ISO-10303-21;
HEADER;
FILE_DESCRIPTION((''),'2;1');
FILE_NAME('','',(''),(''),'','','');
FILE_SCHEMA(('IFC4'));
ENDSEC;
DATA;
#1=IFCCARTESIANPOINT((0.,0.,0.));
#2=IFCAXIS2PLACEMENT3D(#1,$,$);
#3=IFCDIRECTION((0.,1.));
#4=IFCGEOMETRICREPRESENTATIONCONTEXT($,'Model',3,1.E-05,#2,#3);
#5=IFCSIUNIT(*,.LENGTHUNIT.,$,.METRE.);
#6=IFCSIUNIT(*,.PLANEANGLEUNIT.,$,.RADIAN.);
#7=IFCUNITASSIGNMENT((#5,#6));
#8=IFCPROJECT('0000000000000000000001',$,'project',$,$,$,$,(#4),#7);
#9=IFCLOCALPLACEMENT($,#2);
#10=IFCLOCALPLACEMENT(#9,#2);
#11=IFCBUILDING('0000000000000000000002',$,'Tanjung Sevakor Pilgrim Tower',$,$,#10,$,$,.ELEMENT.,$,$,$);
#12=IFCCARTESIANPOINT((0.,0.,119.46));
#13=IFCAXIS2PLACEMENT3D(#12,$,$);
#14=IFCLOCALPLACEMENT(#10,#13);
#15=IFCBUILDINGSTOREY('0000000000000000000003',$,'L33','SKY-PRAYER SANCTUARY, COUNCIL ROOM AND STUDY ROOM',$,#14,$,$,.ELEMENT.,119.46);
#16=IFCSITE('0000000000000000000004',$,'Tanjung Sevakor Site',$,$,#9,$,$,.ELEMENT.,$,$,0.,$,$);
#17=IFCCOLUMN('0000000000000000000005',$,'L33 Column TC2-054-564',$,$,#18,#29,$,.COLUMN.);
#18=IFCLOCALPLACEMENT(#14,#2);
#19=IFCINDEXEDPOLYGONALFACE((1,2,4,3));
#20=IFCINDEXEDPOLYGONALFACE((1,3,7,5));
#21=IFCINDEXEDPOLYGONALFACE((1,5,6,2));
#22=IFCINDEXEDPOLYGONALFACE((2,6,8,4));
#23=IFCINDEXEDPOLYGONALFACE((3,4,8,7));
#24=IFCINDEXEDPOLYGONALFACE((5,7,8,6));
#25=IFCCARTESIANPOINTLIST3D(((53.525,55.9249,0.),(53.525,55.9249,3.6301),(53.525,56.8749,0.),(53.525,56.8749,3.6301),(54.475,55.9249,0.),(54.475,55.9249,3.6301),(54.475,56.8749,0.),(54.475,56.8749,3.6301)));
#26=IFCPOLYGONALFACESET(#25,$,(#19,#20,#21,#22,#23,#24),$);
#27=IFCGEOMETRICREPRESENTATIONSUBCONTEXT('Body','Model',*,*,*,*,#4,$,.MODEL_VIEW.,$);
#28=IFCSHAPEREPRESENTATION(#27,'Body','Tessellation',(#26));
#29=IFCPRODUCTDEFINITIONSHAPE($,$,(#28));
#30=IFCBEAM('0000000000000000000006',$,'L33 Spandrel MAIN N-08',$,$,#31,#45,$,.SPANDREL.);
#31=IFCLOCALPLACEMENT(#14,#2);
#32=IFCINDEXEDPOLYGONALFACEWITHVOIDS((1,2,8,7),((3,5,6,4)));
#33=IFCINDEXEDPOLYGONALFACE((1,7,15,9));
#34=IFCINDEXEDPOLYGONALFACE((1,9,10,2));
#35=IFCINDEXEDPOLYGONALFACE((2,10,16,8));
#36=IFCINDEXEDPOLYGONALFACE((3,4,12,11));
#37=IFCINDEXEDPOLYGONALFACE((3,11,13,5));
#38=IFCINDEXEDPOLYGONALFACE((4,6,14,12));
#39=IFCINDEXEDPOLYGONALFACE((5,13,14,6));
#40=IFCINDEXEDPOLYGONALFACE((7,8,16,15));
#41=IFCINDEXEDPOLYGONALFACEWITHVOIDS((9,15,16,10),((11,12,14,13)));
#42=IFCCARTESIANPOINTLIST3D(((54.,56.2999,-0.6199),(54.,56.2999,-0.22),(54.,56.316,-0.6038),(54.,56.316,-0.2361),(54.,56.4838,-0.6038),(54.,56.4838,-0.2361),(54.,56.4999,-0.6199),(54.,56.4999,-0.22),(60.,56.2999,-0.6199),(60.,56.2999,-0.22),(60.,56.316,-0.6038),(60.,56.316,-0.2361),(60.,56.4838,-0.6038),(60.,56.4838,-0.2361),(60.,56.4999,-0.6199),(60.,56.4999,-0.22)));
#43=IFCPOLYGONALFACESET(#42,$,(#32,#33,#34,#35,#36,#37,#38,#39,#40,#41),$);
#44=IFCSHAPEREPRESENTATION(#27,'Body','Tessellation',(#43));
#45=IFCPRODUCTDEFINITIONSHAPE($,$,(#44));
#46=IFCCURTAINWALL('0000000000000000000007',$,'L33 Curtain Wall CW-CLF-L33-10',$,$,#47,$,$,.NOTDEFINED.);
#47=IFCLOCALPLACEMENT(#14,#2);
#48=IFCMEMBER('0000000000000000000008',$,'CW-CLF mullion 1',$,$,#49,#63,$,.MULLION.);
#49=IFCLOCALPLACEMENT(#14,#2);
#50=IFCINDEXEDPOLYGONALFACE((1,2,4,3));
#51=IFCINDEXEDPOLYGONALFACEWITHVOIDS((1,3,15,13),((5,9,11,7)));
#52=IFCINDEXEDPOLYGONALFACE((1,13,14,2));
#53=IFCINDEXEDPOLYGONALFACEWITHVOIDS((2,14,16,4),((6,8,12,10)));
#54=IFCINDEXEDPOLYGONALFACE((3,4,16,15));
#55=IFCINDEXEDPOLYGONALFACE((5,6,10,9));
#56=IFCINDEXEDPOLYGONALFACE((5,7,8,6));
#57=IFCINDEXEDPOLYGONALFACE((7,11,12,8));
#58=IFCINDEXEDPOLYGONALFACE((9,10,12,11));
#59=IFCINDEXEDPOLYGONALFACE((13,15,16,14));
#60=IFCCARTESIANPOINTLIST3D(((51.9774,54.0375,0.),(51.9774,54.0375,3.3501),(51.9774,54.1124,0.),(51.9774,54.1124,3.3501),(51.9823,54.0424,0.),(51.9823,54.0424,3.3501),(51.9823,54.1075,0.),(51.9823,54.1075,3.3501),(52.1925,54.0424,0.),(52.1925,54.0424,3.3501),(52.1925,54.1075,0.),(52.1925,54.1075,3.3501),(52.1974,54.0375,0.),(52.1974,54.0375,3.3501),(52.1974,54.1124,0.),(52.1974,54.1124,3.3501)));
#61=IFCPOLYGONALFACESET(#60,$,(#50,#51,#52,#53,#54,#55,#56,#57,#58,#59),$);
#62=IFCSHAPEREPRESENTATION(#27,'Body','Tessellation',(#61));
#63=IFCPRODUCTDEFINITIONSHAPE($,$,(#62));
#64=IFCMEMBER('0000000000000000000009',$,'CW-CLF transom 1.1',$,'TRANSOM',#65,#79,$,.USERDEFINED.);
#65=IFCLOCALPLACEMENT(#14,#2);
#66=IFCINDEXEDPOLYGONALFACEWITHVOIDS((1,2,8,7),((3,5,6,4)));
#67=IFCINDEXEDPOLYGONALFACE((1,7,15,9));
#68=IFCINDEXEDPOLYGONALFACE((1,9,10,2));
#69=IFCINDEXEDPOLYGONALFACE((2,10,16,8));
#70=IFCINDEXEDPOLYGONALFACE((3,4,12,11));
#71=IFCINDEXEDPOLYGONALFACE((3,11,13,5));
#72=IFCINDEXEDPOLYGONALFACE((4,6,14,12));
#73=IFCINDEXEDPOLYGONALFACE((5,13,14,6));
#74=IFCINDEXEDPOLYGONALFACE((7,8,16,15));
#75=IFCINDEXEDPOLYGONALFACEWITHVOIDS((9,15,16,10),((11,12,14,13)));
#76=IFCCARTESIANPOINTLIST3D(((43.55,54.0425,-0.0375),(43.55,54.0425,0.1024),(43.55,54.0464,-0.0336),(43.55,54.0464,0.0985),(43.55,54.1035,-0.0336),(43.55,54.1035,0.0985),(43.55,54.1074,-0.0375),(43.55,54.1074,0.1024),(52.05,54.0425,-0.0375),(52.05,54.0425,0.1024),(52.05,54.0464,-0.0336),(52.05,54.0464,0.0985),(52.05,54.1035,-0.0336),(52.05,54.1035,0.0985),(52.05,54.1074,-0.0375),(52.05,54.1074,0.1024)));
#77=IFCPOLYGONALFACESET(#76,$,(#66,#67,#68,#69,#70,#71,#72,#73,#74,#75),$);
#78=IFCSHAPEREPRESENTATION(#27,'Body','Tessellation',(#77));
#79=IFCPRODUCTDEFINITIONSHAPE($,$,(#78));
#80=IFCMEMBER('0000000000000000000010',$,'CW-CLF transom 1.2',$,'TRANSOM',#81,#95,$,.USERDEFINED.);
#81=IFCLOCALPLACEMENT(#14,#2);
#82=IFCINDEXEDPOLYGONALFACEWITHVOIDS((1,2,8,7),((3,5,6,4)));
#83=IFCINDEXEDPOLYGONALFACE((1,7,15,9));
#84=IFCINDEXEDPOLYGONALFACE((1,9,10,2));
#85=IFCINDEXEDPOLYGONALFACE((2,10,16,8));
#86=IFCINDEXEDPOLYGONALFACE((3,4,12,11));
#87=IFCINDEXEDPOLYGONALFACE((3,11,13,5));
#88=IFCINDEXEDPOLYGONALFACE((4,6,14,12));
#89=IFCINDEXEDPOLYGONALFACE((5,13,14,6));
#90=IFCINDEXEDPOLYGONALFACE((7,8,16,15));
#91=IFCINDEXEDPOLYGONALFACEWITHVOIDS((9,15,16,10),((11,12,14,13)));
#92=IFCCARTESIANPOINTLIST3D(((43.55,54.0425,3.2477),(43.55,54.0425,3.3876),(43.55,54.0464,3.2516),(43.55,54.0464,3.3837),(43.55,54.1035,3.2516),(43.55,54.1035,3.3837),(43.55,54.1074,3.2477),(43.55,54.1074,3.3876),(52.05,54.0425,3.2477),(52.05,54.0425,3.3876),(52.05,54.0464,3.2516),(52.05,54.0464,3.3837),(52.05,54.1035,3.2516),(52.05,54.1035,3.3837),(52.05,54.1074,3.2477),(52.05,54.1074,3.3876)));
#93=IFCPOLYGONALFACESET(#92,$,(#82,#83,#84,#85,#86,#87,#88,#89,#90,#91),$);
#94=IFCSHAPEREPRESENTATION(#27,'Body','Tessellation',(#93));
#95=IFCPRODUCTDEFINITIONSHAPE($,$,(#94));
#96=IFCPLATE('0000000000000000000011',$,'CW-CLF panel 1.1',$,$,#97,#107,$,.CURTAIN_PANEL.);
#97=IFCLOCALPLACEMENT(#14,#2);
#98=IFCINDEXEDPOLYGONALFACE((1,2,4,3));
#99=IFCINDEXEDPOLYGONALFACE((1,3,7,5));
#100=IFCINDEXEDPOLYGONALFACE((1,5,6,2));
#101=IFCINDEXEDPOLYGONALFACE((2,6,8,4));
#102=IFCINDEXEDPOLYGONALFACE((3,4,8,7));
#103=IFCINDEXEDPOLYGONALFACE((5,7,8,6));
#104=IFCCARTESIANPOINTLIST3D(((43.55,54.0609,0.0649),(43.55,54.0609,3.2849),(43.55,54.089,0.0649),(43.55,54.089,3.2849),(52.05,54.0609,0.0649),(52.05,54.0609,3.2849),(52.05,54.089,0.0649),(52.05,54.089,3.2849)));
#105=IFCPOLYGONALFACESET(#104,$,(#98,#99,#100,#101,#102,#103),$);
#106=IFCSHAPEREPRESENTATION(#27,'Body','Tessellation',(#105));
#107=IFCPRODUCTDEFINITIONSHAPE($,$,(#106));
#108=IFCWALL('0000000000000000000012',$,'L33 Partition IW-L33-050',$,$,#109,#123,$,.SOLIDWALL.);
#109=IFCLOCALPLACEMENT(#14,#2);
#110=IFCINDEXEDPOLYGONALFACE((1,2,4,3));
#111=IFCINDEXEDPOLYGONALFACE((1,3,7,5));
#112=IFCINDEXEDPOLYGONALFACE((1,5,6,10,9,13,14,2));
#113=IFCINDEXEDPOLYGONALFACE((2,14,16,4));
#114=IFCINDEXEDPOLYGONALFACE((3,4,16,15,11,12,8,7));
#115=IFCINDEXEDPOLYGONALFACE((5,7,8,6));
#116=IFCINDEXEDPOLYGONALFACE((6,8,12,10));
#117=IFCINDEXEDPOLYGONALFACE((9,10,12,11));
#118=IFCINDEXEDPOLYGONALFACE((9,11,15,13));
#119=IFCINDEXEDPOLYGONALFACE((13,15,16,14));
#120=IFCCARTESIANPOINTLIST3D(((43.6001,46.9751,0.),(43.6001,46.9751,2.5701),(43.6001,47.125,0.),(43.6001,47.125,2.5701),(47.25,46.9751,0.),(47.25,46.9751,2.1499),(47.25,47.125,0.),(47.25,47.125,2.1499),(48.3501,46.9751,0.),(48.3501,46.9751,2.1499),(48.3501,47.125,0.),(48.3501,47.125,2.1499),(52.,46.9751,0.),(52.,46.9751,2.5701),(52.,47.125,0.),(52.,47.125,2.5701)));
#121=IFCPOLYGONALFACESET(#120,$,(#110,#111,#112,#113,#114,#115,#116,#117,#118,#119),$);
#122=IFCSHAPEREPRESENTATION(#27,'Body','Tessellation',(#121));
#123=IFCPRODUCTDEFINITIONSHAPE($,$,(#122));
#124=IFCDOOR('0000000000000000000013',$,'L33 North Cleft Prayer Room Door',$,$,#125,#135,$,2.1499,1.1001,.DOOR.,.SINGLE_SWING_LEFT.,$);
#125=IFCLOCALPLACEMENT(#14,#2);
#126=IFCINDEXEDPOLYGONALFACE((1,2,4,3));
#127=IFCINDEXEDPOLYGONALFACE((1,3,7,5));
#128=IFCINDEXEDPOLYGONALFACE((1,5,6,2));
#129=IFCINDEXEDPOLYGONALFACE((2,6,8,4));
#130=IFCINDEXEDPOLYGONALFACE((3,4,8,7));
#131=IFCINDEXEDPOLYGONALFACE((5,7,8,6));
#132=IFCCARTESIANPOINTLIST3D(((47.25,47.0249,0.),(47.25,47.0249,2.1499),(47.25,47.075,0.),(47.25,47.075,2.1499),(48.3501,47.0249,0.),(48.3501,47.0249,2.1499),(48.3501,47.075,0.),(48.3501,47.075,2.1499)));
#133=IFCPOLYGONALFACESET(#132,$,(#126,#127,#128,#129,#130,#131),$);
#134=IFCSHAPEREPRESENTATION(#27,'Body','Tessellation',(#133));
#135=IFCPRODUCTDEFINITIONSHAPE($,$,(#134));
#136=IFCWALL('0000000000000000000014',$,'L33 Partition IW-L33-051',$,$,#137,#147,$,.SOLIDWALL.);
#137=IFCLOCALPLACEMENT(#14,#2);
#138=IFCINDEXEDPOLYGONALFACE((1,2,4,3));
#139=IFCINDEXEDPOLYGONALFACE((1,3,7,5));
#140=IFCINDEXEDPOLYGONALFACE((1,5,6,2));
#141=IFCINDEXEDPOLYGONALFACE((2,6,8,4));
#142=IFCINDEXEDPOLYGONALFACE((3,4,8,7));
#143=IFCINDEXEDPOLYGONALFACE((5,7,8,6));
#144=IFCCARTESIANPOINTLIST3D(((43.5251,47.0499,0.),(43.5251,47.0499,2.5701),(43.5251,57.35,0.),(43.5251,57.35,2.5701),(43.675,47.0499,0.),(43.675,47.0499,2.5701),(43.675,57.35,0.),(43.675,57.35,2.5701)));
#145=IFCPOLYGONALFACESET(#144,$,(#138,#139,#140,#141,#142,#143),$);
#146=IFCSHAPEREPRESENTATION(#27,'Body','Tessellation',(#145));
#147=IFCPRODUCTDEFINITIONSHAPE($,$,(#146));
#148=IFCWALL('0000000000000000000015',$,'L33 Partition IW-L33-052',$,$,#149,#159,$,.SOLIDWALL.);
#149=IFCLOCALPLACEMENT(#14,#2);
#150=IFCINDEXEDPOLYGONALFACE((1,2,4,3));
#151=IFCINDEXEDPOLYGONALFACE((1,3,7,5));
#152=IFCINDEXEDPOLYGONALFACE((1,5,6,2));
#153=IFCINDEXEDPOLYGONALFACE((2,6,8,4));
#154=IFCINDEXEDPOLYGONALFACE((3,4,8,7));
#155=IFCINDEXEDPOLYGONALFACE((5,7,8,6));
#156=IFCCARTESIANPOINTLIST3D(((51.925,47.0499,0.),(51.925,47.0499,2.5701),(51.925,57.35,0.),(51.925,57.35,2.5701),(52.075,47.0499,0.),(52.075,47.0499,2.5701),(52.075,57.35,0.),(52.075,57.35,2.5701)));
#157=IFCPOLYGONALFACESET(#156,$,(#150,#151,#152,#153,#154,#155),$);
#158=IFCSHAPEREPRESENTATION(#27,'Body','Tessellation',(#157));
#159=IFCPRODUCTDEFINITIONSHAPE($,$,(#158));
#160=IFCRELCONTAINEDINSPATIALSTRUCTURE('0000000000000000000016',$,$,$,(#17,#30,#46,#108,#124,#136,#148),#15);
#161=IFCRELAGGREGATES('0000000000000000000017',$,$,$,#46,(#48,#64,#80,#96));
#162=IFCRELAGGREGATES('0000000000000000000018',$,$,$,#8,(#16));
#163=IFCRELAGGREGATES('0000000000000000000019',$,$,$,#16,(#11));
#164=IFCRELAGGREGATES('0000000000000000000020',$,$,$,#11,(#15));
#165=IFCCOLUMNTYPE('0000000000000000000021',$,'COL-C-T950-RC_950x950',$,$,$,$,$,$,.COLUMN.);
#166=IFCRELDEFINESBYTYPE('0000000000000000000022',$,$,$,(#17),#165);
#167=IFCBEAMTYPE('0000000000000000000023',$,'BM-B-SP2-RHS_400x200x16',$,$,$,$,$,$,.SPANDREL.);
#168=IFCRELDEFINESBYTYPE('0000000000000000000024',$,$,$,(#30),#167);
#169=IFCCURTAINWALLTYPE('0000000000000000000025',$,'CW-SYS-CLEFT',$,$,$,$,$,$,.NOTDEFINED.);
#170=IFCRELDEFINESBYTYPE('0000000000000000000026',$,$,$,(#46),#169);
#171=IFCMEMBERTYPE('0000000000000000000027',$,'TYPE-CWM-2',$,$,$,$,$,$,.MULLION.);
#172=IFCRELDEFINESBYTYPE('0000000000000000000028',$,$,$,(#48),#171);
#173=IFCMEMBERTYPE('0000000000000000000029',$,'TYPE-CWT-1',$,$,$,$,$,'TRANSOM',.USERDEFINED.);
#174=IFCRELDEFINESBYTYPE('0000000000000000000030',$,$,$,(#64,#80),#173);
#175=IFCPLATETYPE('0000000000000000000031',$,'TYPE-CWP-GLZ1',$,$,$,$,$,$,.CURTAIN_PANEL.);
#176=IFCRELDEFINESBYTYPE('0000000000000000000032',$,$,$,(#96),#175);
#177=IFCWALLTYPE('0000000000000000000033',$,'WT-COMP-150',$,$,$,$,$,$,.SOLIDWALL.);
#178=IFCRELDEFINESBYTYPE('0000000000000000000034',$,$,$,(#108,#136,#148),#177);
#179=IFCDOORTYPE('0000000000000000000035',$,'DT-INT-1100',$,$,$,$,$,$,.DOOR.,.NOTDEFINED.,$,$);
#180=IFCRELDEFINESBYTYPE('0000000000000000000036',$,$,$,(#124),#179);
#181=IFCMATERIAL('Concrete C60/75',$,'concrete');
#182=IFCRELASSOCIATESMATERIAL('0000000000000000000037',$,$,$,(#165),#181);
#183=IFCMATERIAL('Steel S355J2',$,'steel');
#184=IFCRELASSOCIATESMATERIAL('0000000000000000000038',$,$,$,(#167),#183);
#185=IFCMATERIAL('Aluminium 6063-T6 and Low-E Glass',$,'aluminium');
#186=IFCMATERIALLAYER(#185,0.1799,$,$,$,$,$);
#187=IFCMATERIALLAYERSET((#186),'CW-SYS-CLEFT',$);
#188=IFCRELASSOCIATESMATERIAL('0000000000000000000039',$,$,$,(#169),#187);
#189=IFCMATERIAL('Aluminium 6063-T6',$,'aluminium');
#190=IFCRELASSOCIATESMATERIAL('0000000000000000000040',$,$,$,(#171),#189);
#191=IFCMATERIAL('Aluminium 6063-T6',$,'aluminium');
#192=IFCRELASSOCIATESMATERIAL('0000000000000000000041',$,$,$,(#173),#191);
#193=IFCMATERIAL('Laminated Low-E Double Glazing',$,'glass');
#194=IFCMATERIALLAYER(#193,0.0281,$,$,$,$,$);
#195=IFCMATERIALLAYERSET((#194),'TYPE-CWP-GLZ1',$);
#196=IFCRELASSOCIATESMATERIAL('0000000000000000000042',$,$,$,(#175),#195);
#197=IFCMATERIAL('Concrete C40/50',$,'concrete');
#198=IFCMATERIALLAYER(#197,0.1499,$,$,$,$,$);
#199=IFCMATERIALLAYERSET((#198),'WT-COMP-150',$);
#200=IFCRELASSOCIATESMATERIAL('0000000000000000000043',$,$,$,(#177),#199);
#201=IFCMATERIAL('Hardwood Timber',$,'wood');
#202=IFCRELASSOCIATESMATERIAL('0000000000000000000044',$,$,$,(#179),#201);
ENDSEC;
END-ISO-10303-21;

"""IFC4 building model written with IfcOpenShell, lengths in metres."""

from ifc_helpers import new_model, si_unit, direction, frame, frame_2d, origin, origin_2d, place, context, subcontext, project, spatial, rectangle, hollow_rectangle, extrude, material, layer, layer_set, material_profile, profile_set, type_object, element, fill, aggregate, save


model = new_model("IFC4")

# Units and contexts
model_context = context("Model", 3, precision=1e-05, world=origin(), true_north=direction((0.0, 1.0)))
body_context = subcontext(model_context, "Body", "Model", "MODEL_VIEW")
ifc_project = project(units=[si_unit("LENGTHUNIT", "METRE"), si_unit("PLANEANGLEUNIT", "RADIAN")], contexts=[model_context])

# Site, building, storey
site_placement = place(None, origin())
site = spatial("IfcSite", under=ifc_project, at=site_placement, Name="Tanjung Sevakor Site", CompositionType="ELEMENT", RefElevation=0.0)
building_placement = place(site_placement, origin())
building = spatial("IfcBuilding", under=site, at=building_placement, Name="Tanjung Sevakor Pilgrim Tower", CompositionType="ELEMENT")
storey_placement = place(building_placement, frame((0.0, 0.0, 119.46)))
storey = spatial("IfcBuildingStorey", under=building, at=storey_placement, Name="L33", Description="SKY-PRAYER SANCTUARY, COUNCIL ROOM AND STUDY ROOM", CompositionType="ELEMENT", Elevation=119.46)

# Column
ifc_material_1 = material(Name="Concrete C60/75", Category="concrete")
ifc_material_profile_1 = material_profile(ifc_material_1, rectangle(XDim=0.95, YDim=0.95, at=origin_2d()))
ifc_profile_set_1 = profile_set([ifc_material_profile_1], Name="Concrete C60/75")
column_type = type_object("IfcColumnType", Name="COL-C-T950-RC_950x950", PredefinedType="COLUMN", material=ifc_profile_set_1)
column_placement = place(storey_placement, frame((54.0, 56.3999, 0.0), z_axis=(0.0, 0.0, 1.0), x_axis=(1.0, 0.0, 0.0)))
element("IfcColumn", 1, at=column_placement, inside=storey, type_object=column_type, Name="L33 Column TC2-054-564", PredefinedType="COLUMN", context=body_context, shape_type="SweptSolid", body=[
    extrude(rectangle(XDim=0.95, YDim=0.95, at=origin_2d()), origin(), (0.0, 0.0, 1.0), 3.6301),
])

# Beam
ifc_material_2 = material(Name="Steel S355J2", Category="steel")
ifc_material_profile_2 = material_profile(ifc_material_2, hollow_rectangle(XDim=0.2, YDim=0.3999, WallThickness=0.0161, at=origin_2d()))
ifc_profile_set_2 = profile_set([ifc_material_profile_2], Name="Steel S355J2")
beam_type = type_object("IfcBeamType", Name="BM-B-SP2-RHS_400x200x16", PredefinedType="SPANDREL", material=ifc_profile_set_2)
beam_placement = place(storey_placement, frame((54.0, 56.3999, -0.4199), z_axis=(1.0, 0.0, 0.0), x_axis=(0.0, 1.0, 0.0)))
element("IfcBeam", 2, at=beam_placement, inside=storey, type_object=beam_type, Name="L33 Spandrel MAIN N-08", PredefinedType="SPANDREL", context=body_context, shape_type="SweptSolid", body=[
    extrude(hollow_rectangle(XDim=0.2, YDim=0.3999, WallThickness=0.0161, at=origin_2d()), origin(), (0.0, 0.0, 1.0), 6.0),
])

# Curtain wall, members, plate
ifc_material_3 = material(Name="Aluminium 6063-T6 and Low-E Glass", Category="aluminium")
ifc_layer_1 = layer(ifc_material_3, 0.1799)
ifc_layer_set_1 = layer_set([ifc_layer_1], Name="CW-SYS-CLEFT")
curtain_wall_type = type_object("IfcCurtainWallType", Name="CW-SYS-CLEFT", PredefinedType="NOTDEFINED", material=ifc_layer_set_1)
curtain_wall_placement = place(storey_placement, origin())
curtain_wall = element("IfcCurtainWall", 3, at=curtain_wall_placement, inside=storey, type_object=curtain_wall_type, Name="L33 Curtain Wall CW-CLF-L33-10", PredefinedType="NOTDEFINED")
ifc_material_4 = material(Name="Aluminium 6063-T6", Category="aluminium")
ifc_material_profile_3 = material_profile(ifc_material_4, hollow_rectangle(XDim=0.075, YDim=0.22, WallThickness=0.0049, at=origin_2d()))
ifc_profile_set_3 = profile_set([ifc_material_profile_3], Name="Aluminium 6063-T6")
member_type_1 = type_object("IfcMemberType", Name="TYPE-CWM-2", PredefinedType="MULLION", material=ifc_profile_set_3)
member_1_placement = place(storey_placement, frame((52.0874, 54.075, 0.0), z_axis=(0.0, 0.0, 1.0), x_axis=(0.0, -1.0, 0.0)))
member_1 = element("IfcMember", 4, at=member_1_placement, type_object=member_type_1, Name="CW-CLF mullion 1", PredefinedType="MULLION", context=body_context, shape_type="SweptSolid", body=[
    extrude(hollow_rectangle(XDim=0.075, YDim=0.22, WallThickness=0.0049, at=origin_2d()), origin(), (0.0, 0.0, 1.0), 3.3501),
])
ifc_material_5 = material(Name="Aluminium 6063-T6", Category="aluminium")
ifc_material_profile_4 = material_profile(ifc_material_5, hollow_rectangle(XDim=0.0649, YDim=0.1399, WallThickness=0.0039, at=origin_2d()))
ifc_profile_set_4 = profile_set([ifc_material_profile_4], Name="Aluminium 6063-T6")
member_type_2 = type_object("IfcMemberType", Name="TYPE-CWT-1", ElementType="TRANSOM", PredefinedType="USERDEFINED", material=ifc_profile_set_4)
member_2_placement = place(storey_placement, frame((52.05, 54.075, 0.0325), z_axis=(-1.0, 0.0, 0.0), x_axis=(0.0, -1.0, 0.0)))
member_2 = element("IfcMember", 5, at=member_2_placement, type_object=member_type_2, Name="CW-CLF transom 1.1", ObjectType="TRANSOM", PredefinedType="USERDEFINED", context=body_context, shape_type="SweptSolid", body=[
    extrude(hollow_rectangle(XDim=0.0649, YDim=0.1399, WallThickness=0.0039, at=origin_2d()), origin(), (0.0, 0.0, 1.0), 8.5),
])
member_3_placement = place(storey_placement, frame((52.05, 54.075, 3.3176), z_axis=(-1.0, 0.0, 0.0), x_axis=(0.0, -1.0, 0.0)))
member_3 = element("IfcMember", 6, at=member_3_placement, type_object=member_type_2, Name="CW-CLF transom 1.2", ObjectType="TRANSOM", PredefinedType="USERDEFINED", context=body_context, shape_type="SweptSolid", body=[
    extrude(hollow_rectangle(XDim=0.0649, YDim=0.1399, WallThickness=0.0039, at=origin_2d()), origin(), (0.0, 0.0, 1.0), 8.5),
])
ifc_material_6 = material(Name="Laminated Low-E Double Glazing", Category="glass")
ifc_layer_2 = layer(ifc_material_6, 0.0281)
ifc_layer_set_2 = layer_set([ifc_layer_2], Name="TYPE-CWP-GLZ1")
plate_type = type_object("IfcPlateType", Name="TYPE-CWP-GLZ1", PredefinedType="CURTAIN_PANEL", material=ifc_layer_set_2)
plate_placement = place(storey_placement, frame((47.8, 54.075, 0.0649), z_axis=(0.0, 0.0, 1.0), x_axis=(-1.0, 0.0, 0.0)))
plate = element("IfcPlate", 7, at=plate_placement, type_object=plate_type, Name="CW-CLF panel 1.1", PredefinedType="CURTAIN_PANEL", context=body_context, shape_type="SweptSolid", body=[
    extrude(rectangle(XDim=8.5, YDim=0.0281, at=origin_2d()), origin(), (0.0, 0.0, 1.0), 3.22),
])
aggregate(curtain_wall, [member_1, member_2, member_3, plate])

# Wall, opening, door
ifc_material_7 = material(Name="Concrete C40/50", Category="concrete")
ifc_layer_3 = layer(ifc_material_7, 0.1499)
ifc_layer_set_3 = layer_set([ifc_layer_3], Name="WT-COMP-150")
wall_type_1 = type_object("IfcWallType", Name="WT-COMP-150", PredefinedType="SOLIDWALL", material=ifc_layer_set_3)
wall_1_placement = place(storey_placement, frame((43.6001, 47.05, 0.0), z_axis=(0.0, 0.0, 1.0), x_axis=(1.0, 0.0, 0.0)))
wall_1 = element("IfcWall", 8, at=wall_1_placement, inside=storey, type_object=wall_type_1, Name="L33 Partition IW-L33-050", PredefinedType="SOLIDWALL", context=body_context, shape_type="SweptSolid", body=[
    extrude(rectangle(XDim=8.3999, YDim=0.1499, at=frame_2d((4.2, 0.0))), origin(), (0.0, 0.0, 1.0), 2.5701),
])
opening_1_placement = place(wall_1_placement, frame((3.6499, 0.0, 0.0)))
opening_1 = element("IfcOpeningElement", 9, at=opening_1_placement, cuts=wall_1, PredefinedType="OPENING", context=body_context, shape_type="SweptSolid", body=[
    extrude(rectangle(XDim=1.1001, YDim=2.1499, at=frame_2d((0.55, 1.075))), frame((0.0, 0.085, 0.0), z_axis=(0.0, -1.0, 0.0), x_axis=(1.0, 0.0, 0.0)), (0.0, 0.0, 1.0), 0.1699),
])
ifc_material_8 = material(Name="Hardwood Timber", Category="wood")
door_type_1 = type_object("IfcDoorType", Name="DT-INT-1100", OperationType="NOTDEFINED", PredefinedType="DOOR", material=ifc_material_8)
door_1_placement = place(opening_1_placement, origin())
door_1 = element("IfcDoor", 10, at=door_1_placement, inside=storey, type_object=door_type_1, Name="L33 North Cleft Prayer Room Door", OperationType="SINGLE_SWING_LEFT", OverallHeight=2.1499, OverallWidth=1.1001, PredefinedType="DOOR", context=body_context, shape_type="SweptSolid", body=[
    extrude(rectangle(XDim=1.1001, YDim=2.1499, at=frame_2d((0.55, 1.075))), frame((0.0, 0.0249, 0.0), z_axis=(0.0, -1.0, 0.0), x_axis=(1.0, 0.0, 0.0)), (0.0, 0.0, 1.0), 0.05),
])
fill(opening_1, door_1)

# Walls
for number, where, z_axis, x_axis, name in (
    (11, (43.6001, 47.05, 0.0), (0.0, 0.0, 1.0), (0.0, 1.0, 0.0), "L33 Partition IW-L33-051"),
    (12, (52.0, 47.05, 0.0), (0.0, 0.0, 1.0), (0.0, 1.0, 0.0), "L33 Partition IW-L33-052"),
):
    element("IfcWall", number, at=place(storey_placement, frame(where, z_axis=z_axis, x_axis=x_axis)), inside=storey, type_object=wall_type_1, Name=name, PredefinedType="SOLIDWALL", context=body_context, shape_type="SweptSolid", body=[
        extrude(rectangle(XDim=10.3, YDim=0.1499, at=frame_2d((5.1499, 0.0))), origin(), (0.0, 0.0, 1.0), 2.5701),
    ])

save(model, "model.ifc")
